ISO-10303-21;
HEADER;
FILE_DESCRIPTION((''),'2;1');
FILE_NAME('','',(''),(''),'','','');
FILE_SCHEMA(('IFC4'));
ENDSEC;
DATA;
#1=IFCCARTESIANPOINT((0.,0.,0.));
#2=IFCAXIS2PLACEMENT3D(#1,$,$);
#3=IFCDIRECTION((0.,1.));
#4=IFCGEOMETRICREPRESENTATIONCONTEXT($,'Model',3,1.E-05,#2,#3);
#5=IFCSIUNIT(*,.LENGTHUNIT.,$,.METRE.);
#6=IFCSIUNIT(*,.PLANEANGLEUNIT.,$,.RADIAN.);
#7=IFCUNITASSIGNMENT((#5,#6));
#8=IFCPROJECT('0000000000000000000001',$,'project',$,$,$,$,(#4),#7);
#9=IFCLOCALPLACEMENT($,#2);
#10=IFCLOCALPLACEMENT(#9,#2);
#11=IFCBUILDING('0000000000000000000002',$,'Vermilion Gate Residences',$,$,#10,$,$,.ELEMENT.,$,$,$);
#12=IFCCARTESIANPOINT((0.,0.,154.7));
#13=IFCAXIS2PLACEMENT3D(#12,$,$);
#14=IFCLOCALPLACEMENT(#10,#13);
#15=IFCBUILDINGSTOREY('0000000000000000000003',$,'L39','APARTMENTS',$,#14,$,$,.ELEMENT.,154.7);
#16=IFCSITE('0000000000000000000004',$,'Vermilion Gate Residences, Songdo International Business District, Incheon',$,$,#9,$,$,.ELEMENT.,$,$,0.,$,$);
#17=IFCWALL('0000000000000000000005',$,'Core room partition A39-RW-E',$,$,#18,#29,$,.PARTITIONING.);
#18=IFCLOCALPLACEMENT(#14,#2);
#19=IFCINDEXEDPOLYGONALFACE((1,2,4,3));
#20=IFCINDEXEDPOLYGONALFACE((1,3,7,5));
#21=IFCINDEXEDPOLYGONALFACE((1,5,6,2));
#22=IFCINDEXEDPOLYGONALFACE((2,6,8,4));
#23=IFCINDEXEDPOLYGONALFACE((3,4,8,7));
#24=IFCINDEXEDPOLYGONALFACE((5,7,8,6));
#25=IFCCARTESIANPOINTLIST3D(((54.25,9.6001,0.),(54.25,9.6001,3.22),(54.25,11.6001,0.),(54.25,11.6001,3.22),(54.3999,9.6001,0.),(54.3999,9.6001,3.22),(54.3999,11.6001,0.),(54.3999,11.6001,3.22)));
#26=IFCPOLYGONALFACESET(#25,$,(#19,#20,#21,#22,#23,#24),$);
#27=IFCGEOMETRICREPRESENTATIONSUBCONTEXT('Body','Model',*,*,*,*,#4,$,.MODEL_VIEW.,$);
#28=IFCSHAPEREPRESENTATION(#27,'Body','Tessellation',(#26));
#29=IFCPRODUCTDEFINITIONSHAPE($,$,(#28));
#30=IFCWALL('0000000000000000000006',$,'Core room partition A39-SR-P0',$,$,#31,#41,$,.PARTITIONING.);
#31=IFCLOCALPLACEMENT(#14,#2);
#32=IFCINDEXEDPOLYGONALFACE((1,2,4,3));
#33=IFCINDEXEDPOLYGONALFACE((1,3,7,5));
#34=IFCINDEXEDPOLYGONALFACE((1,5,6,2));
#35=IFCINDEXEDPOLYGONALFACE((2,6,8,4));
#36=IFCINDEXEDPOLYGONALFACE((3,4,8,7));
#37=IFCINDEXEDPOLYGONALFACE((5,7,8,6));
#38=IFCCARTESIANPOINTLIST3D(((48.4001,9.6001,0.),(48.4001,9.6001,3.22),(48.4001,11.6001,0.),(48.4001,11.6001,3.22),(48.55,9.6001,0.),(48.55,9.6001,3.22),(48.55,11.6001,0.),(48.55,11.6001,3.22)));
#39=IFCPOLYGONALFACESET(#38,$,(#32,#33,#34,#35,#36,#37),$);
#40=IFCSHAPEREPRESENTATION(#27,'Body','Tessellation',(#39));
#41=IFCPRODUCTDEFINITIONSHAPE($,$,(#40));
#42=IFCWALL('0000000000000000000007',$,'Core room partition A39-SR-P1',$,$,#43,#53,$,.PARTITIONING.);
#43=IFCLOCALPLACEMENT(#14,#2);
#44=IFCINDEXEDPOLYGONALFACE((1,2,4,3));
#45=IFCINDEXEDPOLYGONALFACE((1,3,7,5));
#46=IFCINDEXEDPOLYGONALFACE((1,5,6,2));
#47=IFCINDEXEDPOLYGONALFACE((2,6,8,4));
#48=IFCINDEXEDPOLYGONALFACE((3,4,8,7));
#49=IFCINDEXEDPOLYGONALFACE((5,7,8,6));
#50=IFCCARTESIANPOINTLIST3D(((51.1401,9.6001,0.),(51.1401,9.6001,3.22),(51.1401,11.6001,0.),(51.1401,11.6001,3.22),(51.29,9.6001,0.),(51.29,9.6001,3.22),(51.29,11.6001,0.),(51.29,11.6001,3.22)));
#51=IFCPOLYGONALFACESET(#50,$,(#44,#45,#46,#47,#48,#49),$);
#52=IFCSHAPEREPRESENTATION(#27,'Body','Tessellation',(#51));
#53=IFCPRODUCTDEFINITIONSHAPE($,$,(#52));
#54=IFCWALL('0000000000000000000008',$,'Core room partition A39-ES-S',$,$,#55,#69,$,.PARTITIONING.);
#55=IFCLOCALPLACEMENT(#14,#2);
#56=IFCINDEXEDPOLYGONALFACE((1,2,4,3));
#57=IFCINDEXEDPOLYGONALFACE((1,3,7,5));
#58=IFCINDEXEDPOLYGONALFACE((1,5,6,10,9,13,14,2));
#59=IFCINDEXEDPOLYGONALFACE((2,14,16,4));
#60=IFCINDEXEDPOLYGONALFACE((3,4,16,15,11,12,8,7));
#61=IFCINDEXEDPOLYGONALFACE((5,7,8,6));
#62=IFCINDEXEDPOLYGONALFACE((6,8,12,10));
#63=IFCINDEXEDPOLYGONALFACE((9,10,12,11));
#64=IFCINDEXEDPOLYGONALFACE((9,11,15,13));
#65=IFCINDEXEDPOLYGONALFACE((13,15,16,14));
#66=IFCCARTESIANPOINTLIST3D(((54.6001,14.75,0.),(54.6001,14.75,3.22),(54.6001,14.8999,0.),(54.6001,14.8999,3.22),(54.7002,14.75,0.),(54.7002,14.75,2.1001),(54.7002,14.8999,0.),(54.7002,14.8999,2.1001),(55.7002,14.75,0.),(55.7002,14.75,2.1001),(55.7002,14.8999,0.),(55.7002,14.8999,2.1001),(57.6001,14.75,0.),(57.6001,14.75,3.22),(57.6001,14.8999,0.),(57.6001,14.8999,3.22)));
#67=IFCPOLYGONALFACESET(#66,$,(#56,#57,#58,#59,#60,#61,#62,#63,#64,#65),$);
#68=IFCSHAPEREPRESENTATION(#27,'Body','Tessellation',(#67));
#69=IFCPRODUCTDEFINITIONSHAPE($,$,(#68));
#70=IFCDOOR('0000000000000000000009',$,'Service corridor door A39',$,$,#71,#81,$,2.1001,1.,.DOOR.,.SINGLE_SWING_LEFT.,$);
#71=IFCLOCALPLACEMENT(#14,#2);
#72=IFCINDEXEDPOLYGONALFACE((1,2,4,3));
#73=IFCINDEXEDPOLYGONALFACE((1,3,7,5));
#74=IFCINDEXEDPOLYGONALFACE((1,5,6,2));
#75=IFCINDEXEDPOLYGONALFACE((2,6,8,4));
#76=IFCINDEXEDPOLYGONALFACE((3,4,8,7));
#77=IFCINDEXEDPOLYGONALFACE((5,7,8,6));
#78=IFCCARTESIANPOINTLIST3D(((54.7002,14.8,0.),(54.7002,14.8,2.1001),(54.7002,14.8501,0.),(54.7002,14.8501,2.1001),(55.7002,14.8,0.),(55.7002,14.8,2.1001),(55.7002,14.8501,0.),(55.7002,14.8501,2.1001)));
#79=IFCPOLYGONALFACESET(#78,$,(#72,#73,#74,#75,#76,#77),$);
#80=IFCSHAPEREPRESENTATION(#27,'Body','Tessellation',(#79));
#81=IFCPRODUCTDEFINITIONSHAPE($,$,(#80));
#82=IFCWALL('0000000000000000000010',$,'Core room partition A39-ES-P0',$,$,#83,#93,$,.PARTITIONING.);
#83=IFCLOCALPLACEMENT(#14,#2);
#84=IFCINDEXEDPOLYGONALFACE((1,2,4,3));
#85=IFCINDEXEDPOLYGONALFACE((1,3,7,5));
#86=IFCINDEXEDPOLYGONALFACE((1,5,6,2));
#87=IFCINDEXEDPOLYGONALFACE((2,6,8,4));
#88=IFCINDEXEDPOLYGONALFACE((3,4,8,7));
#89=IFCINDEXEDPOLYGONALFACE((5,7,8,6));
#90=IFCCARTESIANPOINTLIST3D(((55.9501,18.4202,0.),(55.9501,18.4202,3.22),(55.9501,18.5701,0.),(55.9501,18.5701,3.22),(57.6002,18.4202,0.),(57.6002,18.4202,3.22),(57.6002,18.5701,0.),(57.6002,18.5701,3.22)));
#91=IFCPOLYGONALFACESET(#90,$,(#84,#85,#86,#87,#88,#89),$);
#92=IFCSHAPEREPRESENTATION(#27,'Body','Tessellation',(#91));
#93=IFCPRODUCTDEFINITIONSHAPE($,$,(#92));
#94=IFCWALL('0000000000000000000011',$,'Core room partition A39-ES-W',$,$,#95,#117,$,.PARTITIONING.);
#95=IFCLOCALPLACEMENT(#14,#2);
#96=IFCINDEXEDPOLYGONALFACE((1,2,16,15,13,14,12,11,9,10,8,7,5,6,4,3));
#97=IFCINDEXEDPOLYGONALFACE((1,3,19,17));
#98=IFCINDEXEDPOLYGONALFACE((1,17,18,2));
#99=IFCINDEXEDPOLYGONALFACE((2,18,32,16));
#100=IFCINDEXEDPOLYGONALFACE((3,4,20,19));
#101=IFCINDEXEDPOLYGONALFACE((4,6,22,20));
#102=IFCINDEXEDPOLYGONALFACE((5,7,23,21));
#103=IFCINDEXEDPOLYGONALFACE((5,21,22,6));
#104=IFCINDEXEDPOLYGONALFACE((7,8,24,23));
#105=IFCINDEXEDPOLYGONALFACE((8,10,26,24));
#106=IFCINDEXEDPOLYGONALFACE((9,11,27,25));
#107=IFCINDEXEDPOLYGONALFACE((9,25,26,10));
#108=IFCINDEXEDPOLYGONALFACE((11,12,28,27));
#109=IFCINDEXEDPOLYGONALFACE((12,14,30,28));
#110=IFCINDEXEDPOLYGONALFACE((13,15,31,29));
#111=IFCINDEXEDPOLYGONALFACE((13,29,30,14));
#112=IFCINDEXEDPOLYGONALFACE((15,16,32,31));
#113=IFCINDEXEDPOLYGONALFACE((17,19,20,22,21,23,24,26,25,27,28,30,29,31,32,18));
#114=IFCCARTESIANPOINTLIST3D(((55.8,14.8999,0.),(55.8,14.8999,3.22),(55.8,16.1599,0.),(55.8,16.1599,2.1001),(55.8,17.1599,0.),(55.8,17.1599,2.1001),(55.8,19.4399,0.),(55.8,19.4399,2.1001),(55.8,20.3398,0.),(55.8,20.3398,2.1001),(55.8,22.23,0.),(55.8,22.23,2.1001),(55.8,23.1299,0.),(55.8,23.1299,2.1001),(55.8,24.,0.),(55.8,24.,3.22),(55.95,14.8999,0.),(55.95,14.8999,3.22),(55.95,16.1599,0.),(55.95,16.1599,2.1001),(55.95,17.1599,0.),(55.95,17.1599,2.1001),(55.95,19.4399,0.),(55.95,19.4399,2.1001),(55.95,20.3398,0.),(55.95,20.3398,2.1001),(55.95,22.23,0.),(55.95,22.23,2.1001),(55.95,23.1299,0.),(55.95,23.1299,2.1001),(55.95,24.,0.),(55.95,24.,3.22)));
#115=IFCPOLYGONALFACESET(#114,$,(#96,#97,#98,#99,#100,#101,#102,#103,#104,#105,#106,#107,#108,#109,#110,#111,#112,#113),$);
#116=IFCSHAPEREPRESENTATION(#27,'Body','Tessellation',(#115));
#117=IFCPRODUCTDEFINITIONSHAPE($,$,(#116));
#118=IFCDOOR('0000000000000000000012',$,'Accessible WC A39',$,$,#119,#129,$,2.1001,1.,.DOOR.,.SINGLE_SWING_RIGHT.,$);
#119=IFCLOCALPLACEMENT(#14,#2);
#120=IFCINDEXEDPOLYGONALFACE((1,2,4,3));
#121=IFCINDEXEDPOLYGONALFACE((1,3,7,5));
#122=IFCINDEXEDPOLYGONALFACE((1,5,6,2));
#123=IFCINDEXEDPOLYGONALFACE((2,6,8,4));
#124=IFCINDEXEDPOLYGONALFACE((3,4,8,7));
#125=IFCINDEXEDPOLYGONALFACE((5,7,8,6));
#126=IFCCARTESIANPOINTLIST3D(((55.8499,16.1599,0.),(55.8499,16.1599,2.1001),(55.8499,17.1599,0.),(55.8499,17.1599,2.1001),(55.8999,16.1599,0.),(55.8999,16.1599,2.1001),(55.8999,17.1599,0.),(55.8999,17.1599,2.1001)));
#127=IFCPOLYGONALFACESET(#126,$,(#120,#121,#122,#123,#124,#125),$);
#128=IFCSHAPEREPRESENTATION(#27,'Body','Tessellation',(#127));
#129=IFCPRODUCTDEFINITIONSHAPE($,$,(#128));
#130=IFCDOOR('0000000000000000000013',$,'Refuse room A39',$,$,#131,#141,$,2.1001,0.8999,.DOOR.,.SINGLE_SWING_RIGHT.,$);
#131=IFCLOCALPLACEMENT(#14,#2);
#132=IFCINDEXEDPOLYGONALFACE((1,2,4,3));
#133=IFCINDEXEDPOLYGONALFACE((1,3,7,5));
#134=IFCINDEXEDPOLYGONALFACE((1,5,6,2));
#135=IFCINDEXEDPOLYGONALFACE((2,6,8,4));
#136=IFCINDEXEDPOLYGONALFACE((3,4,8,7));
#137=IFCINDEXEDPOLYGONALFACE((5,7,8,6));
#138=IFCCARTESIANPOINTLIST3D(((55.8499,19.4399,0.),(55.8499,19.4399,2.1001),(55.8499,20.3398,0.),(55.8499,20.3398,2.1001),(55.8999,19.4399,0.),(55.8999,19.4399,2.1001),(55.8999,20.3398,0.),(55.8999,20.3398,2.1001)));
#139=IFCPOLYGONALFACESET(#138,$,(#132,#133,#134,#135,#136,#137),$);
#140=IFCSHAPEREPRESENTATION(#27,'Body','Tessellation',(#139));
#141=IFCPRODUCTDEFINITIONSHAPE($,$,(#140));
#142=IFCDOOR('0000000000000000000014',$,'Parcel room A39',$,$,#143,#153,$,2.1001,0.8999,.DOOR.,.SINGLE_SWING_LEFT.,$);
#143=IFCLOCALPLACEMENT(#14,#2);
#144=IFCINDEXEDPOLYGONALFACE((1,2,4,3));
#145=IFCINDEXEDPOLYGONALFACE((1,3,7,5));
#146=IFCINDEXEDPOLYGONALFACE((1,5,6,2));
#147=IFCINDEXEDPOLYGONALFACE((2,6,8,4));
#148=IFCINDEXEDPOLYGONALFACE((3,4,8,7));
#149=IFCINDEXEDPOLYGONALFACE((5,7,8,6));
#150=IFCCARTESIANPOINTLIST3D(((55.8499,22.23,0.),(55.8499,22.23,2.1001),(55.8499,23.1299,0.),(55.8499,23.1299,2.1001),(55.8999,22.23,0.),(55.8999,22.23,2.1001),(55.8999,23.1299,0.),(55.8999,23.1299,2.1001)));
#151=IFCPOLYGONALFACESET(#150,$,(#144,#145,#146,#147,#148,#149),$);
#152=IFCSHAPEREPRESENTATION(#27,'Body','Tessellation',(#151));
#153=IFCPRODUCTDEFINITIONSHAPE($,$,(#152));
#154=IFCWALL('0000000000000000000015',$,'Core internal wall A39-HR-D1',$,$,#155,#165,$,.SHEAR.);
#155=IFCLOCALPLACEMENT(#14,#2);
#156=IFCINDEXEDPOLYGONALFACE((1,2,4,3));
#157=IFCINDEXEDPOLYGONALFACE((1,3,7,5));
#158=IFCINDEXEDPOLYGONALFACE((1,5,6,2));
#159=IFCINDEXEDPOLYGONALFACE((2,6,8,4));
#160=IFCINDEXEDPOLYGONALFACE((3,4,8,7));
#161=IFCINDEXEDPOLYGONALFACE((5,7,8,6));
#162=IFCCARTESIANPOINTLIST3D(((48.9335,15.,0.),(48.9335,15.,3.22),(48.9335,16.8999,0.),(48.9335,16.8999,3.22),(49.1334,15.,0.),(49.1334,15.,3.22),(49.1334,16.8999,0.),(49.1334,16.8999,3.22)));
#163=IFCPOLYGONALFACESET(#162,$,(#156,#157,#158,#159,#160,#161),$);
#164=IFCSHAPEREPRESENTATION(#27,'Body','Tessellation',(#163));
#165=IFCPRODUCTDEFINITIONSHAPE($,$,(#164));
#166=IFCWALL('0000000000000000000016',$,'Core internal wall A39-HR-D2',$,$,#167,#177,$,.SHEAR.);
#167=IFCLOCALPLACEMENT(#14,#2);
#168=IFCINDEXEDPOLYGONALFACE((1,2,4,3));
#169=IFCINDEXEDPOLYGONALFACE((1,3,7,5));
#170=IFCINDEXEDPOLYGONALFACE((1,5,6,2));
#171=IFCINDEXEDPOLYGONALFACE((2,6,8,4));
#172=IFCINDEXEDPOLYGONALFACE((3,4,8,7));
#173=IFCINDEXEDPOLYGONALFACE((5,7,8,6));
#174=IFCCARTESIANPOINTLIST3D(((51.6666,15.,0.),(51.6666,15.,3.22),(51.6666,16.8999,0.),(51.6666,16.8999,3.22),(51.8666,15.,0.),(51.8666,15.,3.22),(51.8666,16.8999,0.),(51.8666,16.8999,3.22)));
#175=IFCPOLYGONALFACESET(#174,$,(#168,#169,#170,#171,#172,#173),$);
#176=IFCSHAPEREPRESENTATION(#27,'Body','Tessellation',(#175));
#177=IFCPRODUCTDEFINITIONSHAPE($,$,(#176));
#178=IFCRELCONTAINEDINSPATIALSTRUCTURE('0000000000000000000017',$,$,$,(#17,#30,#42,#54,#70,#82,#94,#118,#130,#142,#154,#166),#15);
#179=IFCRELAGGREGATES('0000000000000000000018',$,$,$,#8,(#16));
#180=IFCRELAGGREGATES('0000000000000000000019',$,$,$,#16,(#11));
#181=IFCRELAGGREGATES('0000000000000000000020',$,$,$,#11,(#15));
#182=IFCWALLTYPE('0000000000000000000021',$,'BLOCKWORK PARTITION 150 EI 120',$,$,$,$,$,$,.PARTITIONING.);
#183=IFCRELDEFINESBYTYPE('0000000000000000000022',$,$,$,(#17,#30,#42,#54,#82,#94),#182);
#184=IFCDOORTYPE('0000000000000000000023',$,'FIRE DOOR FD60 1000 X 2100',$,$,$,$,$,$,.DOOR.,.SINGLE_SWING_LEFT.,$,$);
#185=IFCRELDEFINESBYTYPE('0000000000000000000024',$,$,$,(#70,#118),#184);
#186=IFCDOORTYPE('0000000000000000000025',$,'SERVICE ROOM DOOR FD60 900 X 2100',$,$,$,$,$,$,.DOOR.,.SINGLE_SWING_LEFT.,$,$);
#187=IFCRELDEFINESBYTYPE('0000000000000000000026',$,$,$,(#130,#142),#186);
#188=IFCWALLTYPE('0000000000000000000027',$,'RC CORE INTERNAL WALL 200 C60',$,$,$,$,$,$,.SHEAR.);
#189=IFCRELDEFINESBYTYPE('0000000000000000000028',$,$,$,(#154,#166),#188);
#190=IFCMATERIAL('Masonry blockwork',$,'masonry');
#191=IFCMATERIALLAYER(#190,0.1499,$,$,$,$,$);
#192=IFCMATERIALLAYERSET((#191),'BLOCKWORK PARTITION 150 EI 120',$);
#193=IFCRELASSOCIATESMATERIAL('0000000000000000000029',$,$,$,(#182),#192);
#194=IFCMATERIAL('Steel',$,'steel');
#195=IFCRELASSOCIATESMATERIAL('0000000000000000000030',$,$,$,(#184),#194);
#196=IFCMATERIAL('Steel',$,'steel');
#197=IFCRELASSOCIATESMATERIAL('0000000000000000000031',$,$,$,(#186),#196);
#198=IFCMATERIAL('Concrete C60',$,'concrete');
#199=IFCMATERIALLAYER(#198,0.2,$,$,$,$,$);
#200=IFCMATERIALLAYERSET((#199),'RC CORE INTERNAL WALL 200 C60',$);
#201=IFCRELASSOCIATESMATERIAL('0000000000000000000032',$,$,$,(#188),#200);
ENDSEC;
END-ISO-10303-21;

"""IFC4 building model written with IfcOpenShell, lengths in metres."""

from ifc_helpers import new_model, si_unit, direction, frame, frame_2d, origin, place, context, subcontext, project, spatial, rectangle, extrude, material, layer, layer_set, type_object, element, fill, save


model = new_model("IFC4")

# Units and contexts
model_context = context("Model", 3, precision=1e-05, world=origin(), true_north=direction((0.0, 1.0)))
body_context = subcontext(model_context, "Body", "Model", "MODEL_VIEW")
ifc_project = project(units=[si_unit("LENGTHUNIT", "METRE"), si_unit("PLANEANGLEUNIT", "RADIAN")], contexts=[model_context])

# Site, building, storey
site_placement = place(None, origin())
site = spatial("IfcSite", under=ifc_project, at=site_placement, Name="Vermilion Gate Residences, Songdo International Business District, Incheon", CompositionType="ELEMENT", RefElevation=0.0)
building_placement = place(site_placement, origin())
building = spatial("IfcBuilding", under=site, at=building_placement, Name="Vermilion Gate Residences", CompositionType="ELEMENT")
storey_placement = place(building_placement, frame((0.0, 0.0, 154.7)))
storey = spatial("IfcBuildingStorey", under=building, at=storey_placement, Name="L39", Description="APARTMENTS", CompositionType="ELEMENT", Elevation=154.7)

# Walls
ifc_material_1 = material(Name="Masonry blockwork", Category="masonry")
ifc_layer_1 = layer(ifc_material_1, 0.1499)
ifc_layer_set_1 = layer_set([ifc_layer_1], Name="BLOCKWORK PARTITION 150 EI 120")
wall_type_1 = type_object("IfcWallType", Name="BLOCKWORK PARTITION 150 EI 120", PredefinedType="PARTITIONING", material=ifc_layer_set_1)
for number, where, z_axis, x_axis, name in (
    (1, (54.325, 9.6001, 0.0), (0.0, 0.0, 1.0), (0.0, 1.0, 0.0), "Core room partition A39-RW-E"),
    (2, (48.4751, 9.6001, 0.0), (0.0, 0.0, 1.0), (0.0, 1.0, 0.0), "Core room partition A39-SR-P0"),
    (3, (51.2151, 9.6001, 0.0), (0.0, 0.0, 1.0), (0.0, 1.0, 0.0), "Core room partition A39-SR-P1"),
):
    element("IfcWall", number, at=place(storey_placement, frame(where, z_axis=z_axis, x_axis=x_axis)), inside=storey, type_object=wall_type_1, Name=name, PredefinedType="PARTITIONING", context=body_context, shape_type="SweptSolid", body=[
        extrude(rectangle(XDim=2.0, YDim=0.1499, at=frame_2d((1.0, 0.0))), origin(), (0.0, 0.0, 1.0), 3.22),
    ])

# Wall, opening, door
wall_1_placement = place(storey_placement, frame((54.6001, 14.825, 0.0), z_axis=(0.0, 0.0, 1.0), x_axis=(1.0, 0.0, 0.0)))
wall_1 = element("IfcWall", 4, at=wall_1_placement, inside=storey, type_object=wall_type_1, Name="Core room partition A39-ES-S", PredefinedType="PARTITIONING", context=body_context, shape_type="SweptSolid", body=[
    extrude(rectangle(XDim=3.0, YDim=0.1499, at=frame_2d((1.5, 0.0))), origin(), (0.0, 0.0, 1.0), 3.22),
])
opening_1_placement = place(wall_1_placement, frame((0.1001, 0.0, 0.0)))
opening_1 = element("IfcOpeningElement", 5, at=opening_1_placement, cuts=wall_1, PredefinedType="OPENING", context=body_context, shape_type="SweptSolid", body=[
    extrude(rectangle(XDim=1.0, YDim=2.1001, at=frame_2d((0.5, 1.05))), frame((0.0, 0.085, 0.0), z_axis=(0.0, -1.0, 0.0), x_axis=(1.0, 0.0, 0.0)), (0.0, 0.0, 1.0), 0.1699),
])
ifc_material_2 = material(Name="Steel", Category="steel")
door_type_1 = type_object("IfcDoorType", Name="FIRE DOOR FD60 1000 X 2100", OperationType="SINGLE_SWING_LEFT", PredefinedType="DOOR", material=ifc_material_2)
door_1_placement = place(opening_1_placement, frame((1.0, 0.0, 0.0), z_axis=(0.0, 0.0, 1.0), x_axis=(-1.0, 0.0, 0.0)))
door_1 = element("IfcDoor", 6, at=door_1_placement, inside=storey, type_object=door_type_1, Name="Service corridor door A39", OperationType="SINGLE_SWING_LEFT", OverallHeight=2.1001, OverallWidth=1.0, PredefinedType="DOOR", context=body_context, shape_type="SweptSolid", body=[
    extrude(rectangle(XDim=1.0, YDim=2.1001, at=frame_2d((0.5, 1.05))), frame((0.0, 0.0249, 0.0), z_axis=(0.0, -1.0, 0.0), x_axis=(1.0, 0.0, 0.0)), (0.0, 0.0, 1.0), 0.05),
])
fill(opening_1, door_1)

# Wall
wall_2_placement = place(storey_placement, frame((55.95, 18.4951, 0.0), z_axis=(0.0, 0.0, 1.0), x_axis=(1.0, 0.0, 0.0)))
element("IfcWall", 7, at=wall_2_placement, inside=storey, type_object=wall_type_1, Name="Core room partition A39-ES-P0", PredefinedType="PARTITIONING", context=body_context, shape_type="SweptSolid", body=[
    extrude(rectangle(XDim=1.6501, YDim=0.1499, at=frame_2d((0.8252, 0.0))), origin(), (0.0, 0.0, 1.0), 3.22),
])

# Wall, openings, doors
wall_3_placement = place(storey_placement, frame((55.875, 14.8999, 0.0), z_axis=(0.0, 0.0, 1.0), x_axis=(0.0, 1.0, 0.0)))
wall_3 = element("IfcWall", 8, at=wall_3_placement, inside=storey, type_object=wall_type_1, Name="Core room partition A39-ES-W", PredefinedType="PARTITIONING", context=body_context, shape_type="SweptSolid", body=[
    extrude(rectangle(XDim=9.1001, YDim=0.1499, at=frame_2d((4.55, 0.0))), origin(), (0.0, 0.0, 1.0), 3.22),
])
opening_2_placement = place(wall_3_placement, frame((1.26, 0.0, 0.0)))
opening_2 = element("IfcOpeningElement", 9, at=opening_2_placement, cuts=wall_3, PredefinedType="OPENING", context=body_context, shape_type="SweptSolid", body=[
    extrude(rectangle(XDim=1.0, YDim=2.1001, at=frame_2d((0.5, 1.05))), frame((0.0, 0.085, 0.0), z_axis=(0.0, -1.0, 0.0), x_axis=(1.0, 0.0, 0.0)), (0.0, 0.0, 1.0), 0.1699),
])
opening_3_placement = place(wall_3_placement, frame((4.54, 0.0, 0.0)))
opening_3 = element("IfcOpeningElement", 10, at=opening_3_placement, cuts=wall_3, PredefinedType="OPENING", context=body_context, shape_type="SweptSolid", body=[
    extrude(rectangle(XDim=0.8999, YDim=2.1001, at=frame_2d((0.45, 1.05))), frame((0.0, 0.085, 0.0), z_axis=(0.0, -1.0, 0.0), x_axis=(1.0, 0.0, 0.0)), (0.0, 0.0, 1.0), 0.1699),
])
opening_4_placement = place(wall_3_placement, frame((7.3301, 0.0, 0.0)))
opening_4 = element("IfcOpeningElement", 11, at=opening_4_placement, cuts=wall_3, PredefinedType="OPENING", context=body_context, shape_type="SweptSolid", body=[
    extrude(rectangle(XDim=0.8999, YDim=2.1001, at=frame_2d((0.45, 1.05))), frame((0.0, 0.085, 0.0), z_axis=(0.0, -1.0, 0.0), x_axis=(1.0, 0.0, 0.0)), (0.0, 0.0, 1.0), 0.1699),
])
door_2_placement = place(opening_2_placement, frame((1.0, 0.0, 0.0), z_axis=(0.0, 0.0, 1.0), x_axis=(-1.0, 0.0, 0.0)))
door_2 = element("IfcDoor", 12, at=door_2_placement, inside=storey, type_object=door_type_1, Name="Accessible WC A39", OperationType="SINGLE_SWING_RIGHT", OverallHeight=2.1001, OverallWidth=1.0, PredefinedType="DOOR", context=body_context, shape_type="SweptSolid", body=[
    extrude(rectangle(XDim=1.0, YDim=2.1001, at=frame_2d((0.5, 1.05))), frame((0.0, 0.0249, 0.0), z_axis=(0.0, -1.0, 0.0), x_axis=(1.0, 0.0, 0.0)), (0.0, 0.0, 1.0), 0.05),
])
fill(opening_2, door_2)
ifc_material_3 = material(Name="Steel", Category="steel")
door_type_2 = type_object("IfcDoorType", Name="SERVICE ROOM DOOR FD60 900 X 2100", OperationType="SINGLE_SWING_LEFT", PredefinedType="DOOR", material=ifc_material_3)
door_3_placement = place(opening_3_placement, frame((0.8999, 0.0, 0.0), z_axis=(0.0, 0.0, 1.0), x_axis=(-1.0, 0.0, 0.0)))
door_3 = element("IfcDoor", 13, at=door_3_placement, inside=storey, type_object=door_type_2, Name="Refuse room A39", OperationType="SINGLE_SWING_RIGHT", OverallHeight=2.1001, OverallWidth=0.8999, PredefinedType="DOOR", context=body_context, shape_type="SweptSolid", body=[
    extrude(rectangle(XDim=0.8999, YDim=2.1001, at=frame_2d((0.45, 1.05))), frame((0.0, 0.0249, 0.0), z_axis=(0.0, -1.0, 0.0), x_axis=(1.0, 0.0, 0.0)), (0.0, 0.0, 1.0), 0.05),
])
fill(opening_3, door_3)
door_4_placement = place(opening_4_placement, frame((0.8999, 0.0, 0.0), z_axis=(0.0, 0.0, 1.0), x_axis=(-1.0, 0.0, 0.0)))
door_4 = element("IfcDoor", 14, at=door_4_placement, inside=storey, type_object=door_type_2, Name="Parcel room A39", OperationType="SINGLE_SWING_LEFT", OverallHeight=2.1001, OverallWidth=0.8999, PredefinedType="DOOR", context=body_context, shape_type="SweptSolid", body=[
    extrude(rectangle(XDim=0.8999, YDim=2.1001, at=frame_2d((0.45, 1.05))), frame((0.0, 0.0249, 0.0), z_axis=(0.0, -1.0, 0.0), x_axis=(1.0, 0.0, 0.0)), (0.0, 0.0, 1.0), 0.05),
])
fill(opening_4, door_4)

# Walls
ifc_material_4 = material(Name="Concrete C60", Category="concrete")
ifc_layer_2 = layer(ifc_material_4, 0.2)
ifc_layer_set_2 = layer_set([ifc_layer_2], Name="RC CORE INTERNAL WALL 200 C60")
wall_type_2 = type_object("IfcWallType", Name="RC CORE INTERNAL WALL 200 C60", PredefinedType="SHEAR", material=ifc_layer_set_2)
for number, where, z_axis, x_axis, name in (
    (15, (49.0334, 15.0, 0.0), (0.0, 0.0, 1.0), (0.0, 1.0, 0.0), "Core internal wall A39-HR-D1"),
    (16, (51.7666, 15.0, 0.0), (0.0, 0.0, 1.0), (0.0, 1.0, 0.0), "Core internal wall A39-HR-D2"),
):
    element("IfcWall", number, at=place(storey_placement, frame(where, z_axis=z_axis, x_axis=x_axis)), inside=storey, type_object=wall_type_2, Name=name, PredefinedType="SHEAR", context=body_context, shape_type="SweptSolid", body=[
        extrude(rectangle(XDim=1.8999, YDim=0.2, at=frame_2d((0.95, 0.0))), origin(), (0.0, 0.0, 1.0), 3.22),
    ])

save(model, "model.ifc")
